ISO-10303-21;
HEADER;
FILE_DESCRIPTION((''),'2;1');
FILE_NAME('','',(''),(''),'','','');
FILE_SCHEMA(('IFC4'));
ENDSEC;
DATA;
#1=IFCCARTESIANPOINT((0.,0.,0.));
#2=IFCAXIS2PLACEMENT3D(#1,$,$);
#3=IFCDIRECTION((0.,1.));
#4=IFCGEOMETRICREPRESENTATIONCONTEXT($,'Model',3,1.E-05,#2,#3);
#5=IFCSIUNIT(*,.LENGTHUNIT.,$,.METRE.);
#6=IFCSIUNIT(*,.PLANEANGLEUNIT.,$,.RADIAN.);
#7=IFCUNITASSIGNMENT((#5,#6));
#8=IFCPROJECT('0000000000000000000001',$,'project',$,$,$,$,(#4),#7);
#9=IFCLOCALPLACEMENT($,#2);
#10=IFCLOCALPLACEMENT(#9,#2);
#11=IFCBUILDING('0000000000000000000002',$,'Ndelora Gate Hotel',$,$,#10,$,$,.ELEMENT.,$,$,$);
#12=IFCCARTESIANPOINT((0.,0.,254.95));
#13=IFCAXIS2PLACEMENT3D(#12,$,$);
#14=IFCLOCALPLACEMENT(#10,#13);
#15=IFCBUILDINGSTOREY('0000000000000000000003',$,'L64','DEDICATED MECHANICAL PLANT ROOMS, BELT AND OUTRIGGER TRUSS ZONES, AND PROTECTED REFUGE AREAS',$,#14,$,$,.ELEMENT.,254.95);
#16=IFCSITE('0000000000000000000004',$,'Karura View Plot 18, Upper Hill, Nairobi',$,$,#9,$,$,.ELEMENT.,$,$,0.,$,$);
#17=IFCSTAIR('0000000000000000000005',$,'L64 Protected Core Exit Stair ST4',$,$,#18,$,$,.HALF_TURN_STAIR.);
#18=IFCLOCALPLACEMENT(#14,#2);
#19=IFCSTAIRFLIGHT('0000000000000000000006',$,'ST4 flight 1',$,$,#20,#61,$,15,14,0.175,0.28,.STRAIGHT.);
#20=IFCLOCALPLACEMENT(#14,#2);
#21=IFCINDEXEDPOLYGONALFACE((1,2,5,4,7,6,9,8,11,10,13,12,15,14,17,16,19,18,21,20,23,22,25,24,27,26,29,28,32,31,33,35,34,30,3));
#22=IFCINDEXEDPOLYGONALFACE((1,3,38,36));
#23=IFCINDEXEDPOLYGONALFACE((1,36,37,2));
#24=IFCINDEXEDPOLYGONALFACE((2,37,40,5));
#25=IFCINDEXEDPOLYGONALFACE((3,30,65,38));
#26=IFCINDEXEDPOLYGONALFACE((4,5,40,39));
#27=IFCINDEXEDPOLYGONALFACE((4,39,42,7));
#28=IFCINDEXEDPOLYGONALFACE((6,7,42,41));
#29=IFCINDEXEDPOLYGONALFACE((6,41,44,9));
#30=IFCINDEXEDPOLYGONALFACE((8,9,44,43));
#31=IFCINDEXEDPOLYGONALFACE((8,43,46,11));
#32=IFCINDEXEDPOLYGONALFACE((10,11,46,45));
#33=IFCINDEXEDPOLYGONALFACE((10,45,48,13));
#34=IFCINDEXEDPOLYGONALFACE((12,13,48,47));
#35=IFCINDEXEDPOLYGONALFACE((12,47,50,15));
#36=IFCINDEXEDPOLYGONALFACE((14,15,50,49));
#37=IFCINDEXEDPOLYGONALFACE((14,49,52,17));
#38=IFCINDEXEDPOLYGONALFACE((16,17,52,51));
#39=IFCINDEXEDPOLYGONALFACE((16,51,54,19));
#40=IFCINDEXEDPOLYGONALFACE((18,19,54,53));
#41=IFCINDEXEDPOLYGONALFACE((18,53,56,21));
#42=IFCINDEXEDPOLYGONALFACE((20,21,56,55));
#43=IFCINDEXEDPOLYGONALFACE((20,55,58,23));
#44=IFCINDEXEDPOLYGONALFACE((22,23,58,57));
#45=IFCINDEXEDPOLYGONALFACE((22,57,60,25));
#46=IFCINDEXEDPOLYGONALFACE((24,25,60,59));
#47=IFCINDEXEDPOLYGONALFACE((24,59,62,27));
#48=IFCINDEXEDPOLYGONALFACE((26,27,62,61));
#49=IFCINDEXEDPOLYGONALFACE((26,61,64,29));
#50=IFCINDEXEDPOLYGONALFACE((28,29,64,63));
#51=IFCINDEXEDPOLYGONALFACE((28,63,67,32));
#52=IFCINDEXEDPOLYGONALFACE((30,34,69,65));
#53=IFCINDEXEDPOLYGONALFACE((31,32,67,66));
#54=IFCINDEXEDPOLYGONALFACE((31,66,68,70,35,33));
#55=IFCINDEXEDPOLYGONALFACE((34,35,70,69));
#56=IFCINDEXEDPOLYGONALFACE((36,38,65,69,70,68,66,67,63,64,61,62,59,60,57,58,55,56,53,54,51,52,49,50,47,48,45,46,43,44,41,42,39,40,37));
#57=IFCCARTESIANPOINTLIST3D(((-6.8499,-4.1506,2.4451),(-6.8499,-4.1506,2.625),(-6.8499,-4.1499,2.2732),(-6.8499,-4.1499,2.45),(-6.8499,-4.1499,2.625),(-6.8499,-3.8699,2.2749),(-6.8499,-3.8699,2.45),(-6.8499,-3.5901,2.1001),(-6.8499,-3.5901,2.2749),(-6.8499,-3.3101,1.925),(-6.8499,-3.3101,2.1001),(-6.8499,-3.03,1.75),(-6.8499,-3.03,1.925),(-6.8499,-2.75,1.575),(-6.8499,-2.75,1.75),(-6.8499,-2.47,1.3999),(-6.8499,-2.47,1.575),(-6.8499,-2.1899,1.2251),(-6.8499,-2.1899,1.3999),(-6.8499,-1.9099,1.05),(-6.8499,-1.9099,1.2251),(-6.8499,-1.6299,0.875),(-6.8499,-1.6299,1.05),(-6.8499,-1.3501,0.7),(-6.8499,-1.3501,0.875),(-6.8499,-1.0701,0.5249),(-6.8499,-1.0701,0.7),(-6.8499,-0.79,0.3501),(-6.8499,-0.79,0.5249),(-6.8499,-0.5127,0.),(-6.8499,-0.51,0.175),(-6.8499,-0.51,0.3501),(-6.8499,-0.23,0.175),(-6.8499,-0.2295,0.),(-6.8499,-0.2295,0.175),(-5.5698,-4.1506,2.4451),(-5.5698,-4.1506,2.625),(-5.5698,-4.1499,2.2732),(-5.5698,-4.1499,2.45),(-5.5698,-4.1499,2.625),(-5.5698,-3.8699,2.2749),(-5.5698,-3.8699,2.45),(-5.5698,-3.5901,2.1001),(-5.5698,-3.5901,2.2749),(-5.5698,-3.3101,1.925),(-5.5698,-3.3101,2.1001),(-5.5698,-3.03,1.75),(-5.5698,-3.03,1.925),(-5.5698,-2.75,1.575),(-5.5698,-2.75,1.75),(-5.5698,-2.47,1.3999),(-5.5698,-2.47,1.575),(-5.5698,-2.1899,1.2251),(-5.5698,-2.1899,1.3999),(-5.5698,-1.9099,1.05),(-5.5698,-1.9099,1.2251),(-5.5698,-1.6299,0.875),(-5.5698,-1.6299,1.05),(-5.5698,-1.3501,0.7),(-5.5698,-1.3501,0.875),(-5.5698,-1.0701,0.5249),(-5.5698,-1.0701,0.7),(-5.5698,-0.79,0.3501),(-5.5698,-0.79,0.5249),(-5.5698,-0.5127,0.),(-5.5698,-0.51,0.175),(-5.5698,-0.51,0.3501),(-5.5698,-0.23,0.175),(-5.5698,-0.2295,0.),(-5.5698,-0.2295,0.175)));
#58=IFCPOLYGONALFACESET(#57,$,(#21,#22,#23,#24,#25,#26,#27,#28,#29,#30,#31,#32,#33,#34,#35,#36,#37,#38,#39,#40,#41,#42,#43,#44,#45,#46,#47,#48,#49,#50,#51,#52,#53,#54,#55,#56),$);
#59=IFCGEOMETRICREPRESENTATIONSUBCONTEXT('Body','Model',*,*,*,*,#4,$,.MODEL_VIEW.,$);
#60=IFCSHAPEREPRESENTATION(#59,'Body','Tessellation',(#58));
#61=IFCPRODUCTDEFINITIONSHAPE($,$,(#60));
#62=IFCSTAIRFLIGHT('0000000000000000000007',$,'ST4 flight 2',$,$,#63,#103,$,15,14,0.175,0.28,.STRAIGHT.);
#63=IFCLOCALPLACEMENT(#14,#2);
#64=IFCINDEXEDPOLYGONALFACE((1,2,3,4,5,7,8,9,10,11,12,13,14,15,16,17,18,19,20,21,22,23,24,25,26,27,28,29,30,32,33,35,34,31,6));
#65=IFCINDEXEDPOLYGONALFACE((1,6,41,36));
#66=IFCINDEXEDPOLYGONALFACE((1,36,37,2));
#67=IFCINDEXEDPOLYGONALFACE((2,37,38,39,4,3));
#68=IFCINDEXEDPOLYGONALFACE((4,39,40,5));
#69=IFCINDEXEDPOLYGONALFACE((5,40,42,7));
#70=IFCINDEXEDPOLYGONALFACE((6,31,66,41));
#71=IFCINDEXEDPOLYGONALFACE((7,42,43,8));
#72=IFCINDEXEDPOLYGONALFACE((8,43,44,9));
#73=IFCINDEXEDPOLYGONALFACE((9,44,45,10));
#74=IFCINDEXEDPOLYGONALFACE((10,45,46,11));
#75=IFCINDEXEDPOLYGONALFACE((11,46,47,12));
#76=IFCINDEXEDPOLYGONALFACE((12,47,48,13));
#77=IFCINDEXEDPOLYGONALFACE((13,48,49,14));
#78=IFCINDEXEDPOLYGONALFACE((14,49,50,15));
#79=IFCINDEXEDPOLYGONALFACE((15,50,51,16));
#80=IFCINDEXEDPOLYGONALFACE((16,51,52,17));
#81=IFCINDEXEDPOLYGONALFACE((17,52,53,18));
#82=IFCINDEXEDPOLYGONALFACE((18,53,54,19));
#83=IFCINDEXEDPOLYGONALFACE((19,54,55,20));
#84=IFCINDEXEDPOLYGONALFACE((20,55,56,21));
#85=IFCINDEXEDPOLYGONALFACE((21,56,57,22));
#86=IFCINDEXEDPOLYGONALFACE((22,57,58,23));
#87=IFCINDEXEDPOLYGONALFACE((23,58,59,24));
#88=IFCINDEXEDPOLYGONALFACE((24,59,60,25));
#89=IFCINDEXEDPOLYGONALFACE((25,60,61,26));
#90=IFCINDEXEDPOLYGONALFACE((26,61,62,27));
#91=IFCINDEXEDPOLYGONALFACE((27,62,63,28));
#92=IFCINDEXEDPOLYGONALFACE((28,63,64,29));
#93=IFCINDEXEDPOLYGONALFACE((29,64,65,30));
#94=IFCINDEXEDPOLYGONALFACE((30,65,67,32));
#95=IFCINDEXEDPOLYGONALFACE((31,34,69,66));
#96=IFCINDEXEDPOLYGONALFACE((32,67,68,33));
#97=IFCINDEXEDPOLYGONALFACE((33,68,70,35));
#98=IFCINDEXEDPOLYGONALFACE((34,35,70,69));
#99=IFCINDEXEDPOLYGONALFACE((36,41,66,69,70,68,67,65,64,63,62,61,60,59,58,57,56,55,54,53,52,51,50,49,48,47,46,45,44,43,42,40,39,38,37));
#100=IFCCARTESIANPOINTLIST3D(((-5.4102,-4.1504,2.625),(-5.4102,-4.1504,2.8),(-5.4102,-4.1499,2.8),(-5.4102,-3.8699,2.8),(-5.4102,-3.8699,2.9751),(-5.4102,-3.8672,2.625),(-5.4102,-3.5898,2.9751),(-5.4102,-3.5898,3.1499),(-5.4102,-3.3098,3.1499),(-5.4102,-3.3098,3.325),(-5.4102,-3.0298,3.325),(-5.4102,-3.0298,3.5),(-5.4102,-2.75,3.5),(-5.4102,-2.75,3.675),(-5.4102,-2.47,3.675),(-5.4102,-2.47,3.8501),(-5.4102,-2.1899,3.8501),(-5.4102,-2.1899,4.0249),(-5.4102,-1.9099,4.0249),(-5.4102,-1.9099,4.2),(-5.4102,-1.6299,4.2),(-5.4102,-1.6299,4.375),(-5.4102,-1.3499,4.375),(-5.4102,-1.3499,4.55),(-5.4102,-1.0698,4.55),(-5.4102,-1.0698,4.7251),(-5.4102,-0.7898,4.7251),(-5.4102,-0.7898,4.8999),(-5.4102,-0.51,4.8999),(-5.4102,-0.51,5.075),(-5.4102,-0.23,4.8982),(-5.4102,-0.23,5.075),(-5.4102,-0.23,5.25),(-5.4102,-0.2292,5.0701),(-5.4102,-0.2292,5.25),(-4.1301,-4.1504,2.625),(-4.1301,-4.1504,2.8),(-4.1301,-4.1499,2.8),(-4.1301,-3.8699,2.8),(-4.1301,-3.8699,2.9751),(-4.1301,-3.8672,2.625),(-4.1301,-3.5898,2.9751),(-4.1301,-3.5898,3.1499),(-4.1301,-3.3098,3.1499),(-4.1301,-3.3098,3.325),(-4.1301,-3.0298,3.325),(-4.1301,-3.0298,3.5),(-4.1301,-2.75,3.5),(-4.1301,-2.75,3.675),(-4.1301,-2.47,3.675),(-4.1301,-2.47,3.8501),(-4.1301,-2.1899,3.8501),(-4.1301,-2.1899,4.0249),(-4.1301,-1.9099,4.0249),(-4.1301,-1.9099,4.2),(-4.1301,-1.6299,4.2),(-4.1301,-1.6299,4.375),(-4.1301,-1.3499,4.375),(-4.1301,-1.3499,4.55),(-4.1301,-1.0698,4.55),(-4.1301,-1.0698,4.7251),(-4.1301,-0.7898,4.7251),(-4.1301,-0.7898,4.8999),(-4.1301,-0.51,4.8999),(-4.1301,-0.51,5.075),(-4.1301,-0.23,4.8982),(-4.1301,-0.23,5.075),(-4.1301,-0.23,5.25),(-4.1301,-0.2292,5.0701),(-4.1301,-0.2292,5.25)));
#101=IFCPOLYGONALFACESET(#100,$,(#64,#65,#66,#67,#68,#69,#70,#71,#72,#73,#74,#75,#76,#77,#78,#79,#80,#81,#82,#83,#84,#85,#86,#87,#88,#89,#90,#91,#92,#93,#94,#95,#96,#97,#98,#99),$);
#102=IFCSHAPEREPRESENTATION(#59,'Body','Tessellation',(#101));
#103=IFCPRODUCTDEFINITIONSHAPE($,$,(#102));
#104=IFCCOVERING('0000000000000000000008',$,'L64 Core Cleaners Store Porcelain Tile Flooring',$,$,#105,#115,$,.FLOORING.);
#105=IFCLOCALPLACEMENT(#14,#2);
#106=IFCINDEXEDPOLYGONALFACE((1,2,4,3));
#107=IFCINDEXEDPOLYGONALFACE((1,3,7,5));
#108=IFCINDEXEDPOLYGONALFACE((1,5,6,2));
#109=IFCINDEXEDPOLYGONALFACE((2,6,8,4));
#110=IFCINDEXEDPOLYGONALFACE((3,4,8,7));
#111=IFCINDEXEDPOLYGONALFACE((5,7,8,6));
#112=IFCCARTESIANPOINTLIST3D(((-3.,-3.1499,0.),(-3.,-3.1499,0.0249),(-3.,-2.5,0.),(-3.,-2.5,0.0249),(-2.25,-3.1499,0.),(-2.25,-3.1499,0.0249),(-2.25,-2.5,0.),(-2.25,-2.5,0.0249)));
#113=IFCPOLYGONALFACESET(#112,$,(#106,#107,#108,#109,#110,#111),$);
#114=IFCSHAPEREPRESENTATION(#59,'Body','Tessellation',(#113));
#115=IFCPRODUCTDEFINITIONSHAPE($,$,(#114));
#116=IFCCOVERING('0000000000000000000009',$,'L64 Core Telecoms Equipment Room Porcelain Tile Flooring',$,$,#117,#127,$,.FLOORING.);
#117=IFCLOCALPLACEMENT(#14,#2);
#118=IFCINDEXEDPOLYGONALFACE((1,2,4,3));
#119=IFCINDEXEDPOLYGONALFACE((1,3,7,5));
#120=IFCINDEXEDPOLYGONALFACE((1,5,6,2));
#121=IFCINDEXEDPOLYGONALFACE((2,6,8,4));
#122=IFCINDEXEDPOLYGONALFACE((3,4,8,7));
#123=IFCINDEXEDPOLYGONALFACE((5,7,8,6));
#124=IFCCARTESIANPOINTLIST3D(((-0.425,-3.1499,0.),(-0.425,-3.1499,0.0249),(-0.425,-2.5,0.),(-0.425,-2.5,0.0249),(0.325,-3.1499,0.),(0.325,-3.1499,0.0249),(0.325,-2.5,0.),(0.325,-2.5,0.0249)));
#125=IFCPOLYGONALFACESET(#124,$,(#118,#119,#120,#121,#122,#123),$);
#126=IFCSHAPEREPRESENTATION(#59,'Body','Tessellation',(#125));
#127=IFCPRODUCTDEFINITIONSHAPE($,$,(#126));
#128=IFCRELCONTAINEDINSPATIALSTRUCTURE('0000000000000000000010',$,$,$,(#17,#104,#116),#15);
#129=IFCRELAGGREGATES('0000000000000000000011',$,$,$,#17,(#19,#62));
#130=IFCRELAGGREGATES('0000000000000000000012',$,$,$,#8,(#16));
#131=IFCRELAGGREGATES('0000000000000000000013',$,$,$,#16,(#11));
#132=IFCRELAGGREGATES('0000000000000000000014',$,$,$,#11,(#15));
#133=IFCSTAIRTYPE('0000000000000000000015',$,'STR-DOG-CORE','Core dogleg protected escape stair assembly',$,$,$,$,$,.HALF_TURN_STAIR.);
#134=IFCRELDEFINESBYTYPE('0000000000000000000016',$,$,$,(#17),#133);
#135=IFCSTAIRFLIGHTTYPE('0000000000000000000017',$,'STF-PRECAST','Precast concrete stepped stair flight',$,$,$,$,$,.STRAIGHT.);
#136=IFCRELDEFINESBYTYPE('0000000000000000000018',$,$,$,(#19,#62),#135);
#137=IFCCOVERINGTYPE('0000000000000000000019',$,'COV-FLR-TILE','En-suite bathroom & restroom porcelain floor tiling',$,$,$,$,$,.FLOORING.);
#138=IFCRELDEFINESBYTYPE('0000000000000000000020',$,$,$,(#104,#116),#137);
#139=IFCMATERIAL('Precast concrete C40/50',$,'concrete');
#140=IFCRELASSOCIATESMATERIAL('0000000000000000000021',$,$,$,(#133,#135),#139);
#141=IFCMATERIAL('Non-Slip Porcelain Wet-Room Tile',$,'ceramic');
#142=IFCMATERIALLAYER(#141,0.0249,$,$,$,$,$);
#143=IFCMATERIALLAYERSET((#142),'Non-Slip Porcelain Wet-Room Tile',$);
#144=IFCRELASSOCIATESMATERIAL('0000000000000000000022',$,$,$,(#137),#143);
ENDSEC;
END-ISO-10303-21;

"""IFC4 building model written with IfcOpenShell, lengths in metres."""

from ifc_helpers import new_model, si_unit, direction, frame, origin, origin_2d, place, context, subcontext, project, spatial, polyline, rectangle, outline, extrude, material, layer, layer_set, type_object, element, aggregate, save


model = new_model("IFC4")

# Units and contexts
model_context = context("Model", 3, precision=1e-05, world=origin(), true_north=direction((0.0, 1.0)))
body_context = subcontext(model_context, "Body", "Model", "MODEL_VIEW")
ifc_project = project(units=[si_unit("LENGTHUNIT", "METRE"), si_unit("PLANEANGLEUNIT", "RADIAN")], contexts=[model_context])

# Site, building, storey
site_placement = place(None, origin())
site = spatial("IfcSite", under=ifc_project, at=site_placement, Name="Karura View Plot 18, Upper Hill, Nairobi", CompositionType="ELEMENT", RefElevation=0.0)
building_placement = place(site_placement, origin())
building = spatial("IfcBuilding", under=site, at=building_placement, Name="Ndelora Gate Hotel", CompositionType="ELEMENT")
storey_placement = place(building_placement, frame((0.0, 0.0, 254.95)))
storey = spatial("IfcBuildingStorey", under=building, at=storey_placement, Name="L64", Description="DEDICATED MECHANICAL PLANT ROOMS, BELT AND OUTRIGGER TRUSS ZONES, AND PROTECTED REFUGE AREAS", CompositionType="ELEMENT", Elevation=254.95)

# Stair
ifc_material_1 = material(Name="Precast concrete C40/50", Category="concrete")
stair_type = type_object("IfcStairType", Name="STR-DOG-CORE", Description="Core dogleg protected escape stair assembly", PredefinedType="HALF_TURN_STAIR", material=ifc_material_1)
stair_1_placement = place(storey_placement, origin())
stair_1 = element("IfcStair", 1, at=stair_1_placement, inside=storey, type_object=stair_type, Name="L64 Protected Core Exit Stair ST4", PredefinedType="HALF_TURN_STAIR")

# Stair flights
stair_flight_type = type_object("IfcStairFlightType", Name="STF-PRECAST", Description="Precast concrete stepped stair flight", PredefinedType="STRAIGHT", material=ifc_material_1)
stair_flight_1_placement = place(storey_placement, frame((-6.21, -0.23, 0.0), z_axis=(0.0, 0.0, 1.0), x_axis=(0.0, -1.0, 0.0)))
stair_flight_1 = element("IfcStairFlight", 2, at=stair_flight_1_placement, type_object=stair_flight_type, Name="ST4 flight 1", NumberOfRisers=15, NumberOfTreads=14, PredefinedType="STRAIGHT", RiserHeight=0.175, TreadLength=0.28, context=body_context, shape_type="SweptSolid", body=[
    extrude(outline(polyline([(-0.0005, 0.0), (-0.0005, 0.175), (0.0, 0.175), (0.28, 0.175), (0.28, 0.3501), (0.5601, 0.3501), (0.5601, 0.5249), (0.8401, 0.5249), (0.8401, 0.7), (1.1201, 0.7), (1.1201, 0.875), (1.3999, 0.875), (1.3999, 1.05), (1.6799, 1.05), (1.6799, 1.2251), (1.96, 1.2251), (1.96, 1.3999), (2.24, 1.3999), (2.24, 1.575), (2.52, 1.575), (2.52, 1.75), (2.8, 1.75), (2.8, 1.925), (3.0801, 1.925), (3.0801, 2.1001), (3.3601, 2.1001), (3.3601, 2.2749), (3.6399, 2.2749), (3.6399, 2.45), (3.9199, 2.45), (3.9199, 2.625), (3.9207, 2.625), (3.9207, 2.4451), (3.9199, 2.2732), (0.2827, 0.0), (-0.0005, 0.0)])), frame((0.0, 0.6401, 0.0), z_axis=(0.0, -1.0, 0.0), x_axis=(1.0, 0.0, 0.0)), (0.0, 0.0, 1.0), 1.28),
])
stair_flight_2_placement = place(storey_placement, frame((-4.77, -4.1499, 2.625), z_axis=(0.0, 0.0, 1.0), x_axis=(0.0, 1.0, 0.0)))
stair_flight_2 = element("IfcStairFlight", 3, at=stair_flight_2_placement, type_object=stair_flight_type, Name="ST4 flight 2", NumberOfRisers=15, NumberOfTreads=14, PredefinedType="STRAIGHT", RiserHeight=0.175, TreadLength=0.28, context=body_context, shape_type="SweptSolid", body=[
    extrude(outline(polyline([(-0.0005, 0.0), (-0.0005, 0.175), (0.0, 0.175), (0.28, 0.175), (0.28, 0.3501), (0.5601, 0.3501), (0.5601, 0.5249), (0.8401, 0.5249), (0.8401, 0.7), (1.1201, 0.7), (1.1201, 0.875), (1.3999, 0.875), (1.3999, 1.05), (1.6799, 1.05), (1.6799, 1.2251), (1.96, 1.2251), (1.96, 1.3999), (2.24, 1.3999), (2.24, 1.575), (2.52, 1.575), (2.52, 1.75), (2.8, 1.75), (2.8, 1.925), (3.0801, 1.925), (3.0801, 2.1001), (3.3601, 2.1001), (3.3601, 2.2749), (3.6399, 2.2749), (3.6399, 2.45), (3.9199, 2.45), (3.9199, 2.625), (3.9207, 2.625), (3.9207, 2.4451), (3.9199, 2.2732), (0.2827, 0.0), (-0.0005, 0.0)])), frame((0.0, 0.6401, 0.0), z_axis=(0.0, -1.0, 0.0), x_axis=(1.0, 0.0, 0.0)), (0.0, 0.0, 1.0), 1.28),
])
aggregate(stair_1, [stair_flight_1, stair_flight_2])

# Coverings
ifc_material_2 = material(Name="Non-Slip Porcelain Wet-Room Tile", Category="ceramic")
ifc_layer_1 = layer(ifc_material_2, 0.0249)
ifc_layer_set_1 = layer_set([ifc_layer_1], Name="Non-Slip Porcelain Wet-Room Tile")
covering_type = type_object("IfcCoveringType", Name="COV-FLR-TILE", Description="En-suite bathroom & restroom porcelain floor tiling", PredefinedType="FLOORING", material=ifc_layer_set_1)
for number, where, z_axis, x_axis, name in (
    (4, (-2.625, -2.825, 0.0), (0.0, 0.0, 1.0), (1.0, 0.0, 0.0), "L64 Core Cleaners Store Porcelain Tile Flooring"),
    (5, (-0.05, -2.825, 0.0), (0.0, 0.0, 1.0), (1.0, 0.0, 0.0), "L64 Core Telecoms Equipment Room Porcelain Tile Flooring"),
):
    element("IfcCovering", number, at=place(storey_placement, frame(where, z_axis=z_axis, x_axis=x_axis)), inside=storey, type_object=covering_type, Name=name, PredefinedType="FLOORING", context=body_context, shape_type="SweptSolid", body=[
        extrude(rectangle(XDim=0.75, YDim=0.6499, at=origin_2d()), origin(), (0.0, 0.0, 1.0), 0.0249),
    ])

save(model, "model.ifc")
